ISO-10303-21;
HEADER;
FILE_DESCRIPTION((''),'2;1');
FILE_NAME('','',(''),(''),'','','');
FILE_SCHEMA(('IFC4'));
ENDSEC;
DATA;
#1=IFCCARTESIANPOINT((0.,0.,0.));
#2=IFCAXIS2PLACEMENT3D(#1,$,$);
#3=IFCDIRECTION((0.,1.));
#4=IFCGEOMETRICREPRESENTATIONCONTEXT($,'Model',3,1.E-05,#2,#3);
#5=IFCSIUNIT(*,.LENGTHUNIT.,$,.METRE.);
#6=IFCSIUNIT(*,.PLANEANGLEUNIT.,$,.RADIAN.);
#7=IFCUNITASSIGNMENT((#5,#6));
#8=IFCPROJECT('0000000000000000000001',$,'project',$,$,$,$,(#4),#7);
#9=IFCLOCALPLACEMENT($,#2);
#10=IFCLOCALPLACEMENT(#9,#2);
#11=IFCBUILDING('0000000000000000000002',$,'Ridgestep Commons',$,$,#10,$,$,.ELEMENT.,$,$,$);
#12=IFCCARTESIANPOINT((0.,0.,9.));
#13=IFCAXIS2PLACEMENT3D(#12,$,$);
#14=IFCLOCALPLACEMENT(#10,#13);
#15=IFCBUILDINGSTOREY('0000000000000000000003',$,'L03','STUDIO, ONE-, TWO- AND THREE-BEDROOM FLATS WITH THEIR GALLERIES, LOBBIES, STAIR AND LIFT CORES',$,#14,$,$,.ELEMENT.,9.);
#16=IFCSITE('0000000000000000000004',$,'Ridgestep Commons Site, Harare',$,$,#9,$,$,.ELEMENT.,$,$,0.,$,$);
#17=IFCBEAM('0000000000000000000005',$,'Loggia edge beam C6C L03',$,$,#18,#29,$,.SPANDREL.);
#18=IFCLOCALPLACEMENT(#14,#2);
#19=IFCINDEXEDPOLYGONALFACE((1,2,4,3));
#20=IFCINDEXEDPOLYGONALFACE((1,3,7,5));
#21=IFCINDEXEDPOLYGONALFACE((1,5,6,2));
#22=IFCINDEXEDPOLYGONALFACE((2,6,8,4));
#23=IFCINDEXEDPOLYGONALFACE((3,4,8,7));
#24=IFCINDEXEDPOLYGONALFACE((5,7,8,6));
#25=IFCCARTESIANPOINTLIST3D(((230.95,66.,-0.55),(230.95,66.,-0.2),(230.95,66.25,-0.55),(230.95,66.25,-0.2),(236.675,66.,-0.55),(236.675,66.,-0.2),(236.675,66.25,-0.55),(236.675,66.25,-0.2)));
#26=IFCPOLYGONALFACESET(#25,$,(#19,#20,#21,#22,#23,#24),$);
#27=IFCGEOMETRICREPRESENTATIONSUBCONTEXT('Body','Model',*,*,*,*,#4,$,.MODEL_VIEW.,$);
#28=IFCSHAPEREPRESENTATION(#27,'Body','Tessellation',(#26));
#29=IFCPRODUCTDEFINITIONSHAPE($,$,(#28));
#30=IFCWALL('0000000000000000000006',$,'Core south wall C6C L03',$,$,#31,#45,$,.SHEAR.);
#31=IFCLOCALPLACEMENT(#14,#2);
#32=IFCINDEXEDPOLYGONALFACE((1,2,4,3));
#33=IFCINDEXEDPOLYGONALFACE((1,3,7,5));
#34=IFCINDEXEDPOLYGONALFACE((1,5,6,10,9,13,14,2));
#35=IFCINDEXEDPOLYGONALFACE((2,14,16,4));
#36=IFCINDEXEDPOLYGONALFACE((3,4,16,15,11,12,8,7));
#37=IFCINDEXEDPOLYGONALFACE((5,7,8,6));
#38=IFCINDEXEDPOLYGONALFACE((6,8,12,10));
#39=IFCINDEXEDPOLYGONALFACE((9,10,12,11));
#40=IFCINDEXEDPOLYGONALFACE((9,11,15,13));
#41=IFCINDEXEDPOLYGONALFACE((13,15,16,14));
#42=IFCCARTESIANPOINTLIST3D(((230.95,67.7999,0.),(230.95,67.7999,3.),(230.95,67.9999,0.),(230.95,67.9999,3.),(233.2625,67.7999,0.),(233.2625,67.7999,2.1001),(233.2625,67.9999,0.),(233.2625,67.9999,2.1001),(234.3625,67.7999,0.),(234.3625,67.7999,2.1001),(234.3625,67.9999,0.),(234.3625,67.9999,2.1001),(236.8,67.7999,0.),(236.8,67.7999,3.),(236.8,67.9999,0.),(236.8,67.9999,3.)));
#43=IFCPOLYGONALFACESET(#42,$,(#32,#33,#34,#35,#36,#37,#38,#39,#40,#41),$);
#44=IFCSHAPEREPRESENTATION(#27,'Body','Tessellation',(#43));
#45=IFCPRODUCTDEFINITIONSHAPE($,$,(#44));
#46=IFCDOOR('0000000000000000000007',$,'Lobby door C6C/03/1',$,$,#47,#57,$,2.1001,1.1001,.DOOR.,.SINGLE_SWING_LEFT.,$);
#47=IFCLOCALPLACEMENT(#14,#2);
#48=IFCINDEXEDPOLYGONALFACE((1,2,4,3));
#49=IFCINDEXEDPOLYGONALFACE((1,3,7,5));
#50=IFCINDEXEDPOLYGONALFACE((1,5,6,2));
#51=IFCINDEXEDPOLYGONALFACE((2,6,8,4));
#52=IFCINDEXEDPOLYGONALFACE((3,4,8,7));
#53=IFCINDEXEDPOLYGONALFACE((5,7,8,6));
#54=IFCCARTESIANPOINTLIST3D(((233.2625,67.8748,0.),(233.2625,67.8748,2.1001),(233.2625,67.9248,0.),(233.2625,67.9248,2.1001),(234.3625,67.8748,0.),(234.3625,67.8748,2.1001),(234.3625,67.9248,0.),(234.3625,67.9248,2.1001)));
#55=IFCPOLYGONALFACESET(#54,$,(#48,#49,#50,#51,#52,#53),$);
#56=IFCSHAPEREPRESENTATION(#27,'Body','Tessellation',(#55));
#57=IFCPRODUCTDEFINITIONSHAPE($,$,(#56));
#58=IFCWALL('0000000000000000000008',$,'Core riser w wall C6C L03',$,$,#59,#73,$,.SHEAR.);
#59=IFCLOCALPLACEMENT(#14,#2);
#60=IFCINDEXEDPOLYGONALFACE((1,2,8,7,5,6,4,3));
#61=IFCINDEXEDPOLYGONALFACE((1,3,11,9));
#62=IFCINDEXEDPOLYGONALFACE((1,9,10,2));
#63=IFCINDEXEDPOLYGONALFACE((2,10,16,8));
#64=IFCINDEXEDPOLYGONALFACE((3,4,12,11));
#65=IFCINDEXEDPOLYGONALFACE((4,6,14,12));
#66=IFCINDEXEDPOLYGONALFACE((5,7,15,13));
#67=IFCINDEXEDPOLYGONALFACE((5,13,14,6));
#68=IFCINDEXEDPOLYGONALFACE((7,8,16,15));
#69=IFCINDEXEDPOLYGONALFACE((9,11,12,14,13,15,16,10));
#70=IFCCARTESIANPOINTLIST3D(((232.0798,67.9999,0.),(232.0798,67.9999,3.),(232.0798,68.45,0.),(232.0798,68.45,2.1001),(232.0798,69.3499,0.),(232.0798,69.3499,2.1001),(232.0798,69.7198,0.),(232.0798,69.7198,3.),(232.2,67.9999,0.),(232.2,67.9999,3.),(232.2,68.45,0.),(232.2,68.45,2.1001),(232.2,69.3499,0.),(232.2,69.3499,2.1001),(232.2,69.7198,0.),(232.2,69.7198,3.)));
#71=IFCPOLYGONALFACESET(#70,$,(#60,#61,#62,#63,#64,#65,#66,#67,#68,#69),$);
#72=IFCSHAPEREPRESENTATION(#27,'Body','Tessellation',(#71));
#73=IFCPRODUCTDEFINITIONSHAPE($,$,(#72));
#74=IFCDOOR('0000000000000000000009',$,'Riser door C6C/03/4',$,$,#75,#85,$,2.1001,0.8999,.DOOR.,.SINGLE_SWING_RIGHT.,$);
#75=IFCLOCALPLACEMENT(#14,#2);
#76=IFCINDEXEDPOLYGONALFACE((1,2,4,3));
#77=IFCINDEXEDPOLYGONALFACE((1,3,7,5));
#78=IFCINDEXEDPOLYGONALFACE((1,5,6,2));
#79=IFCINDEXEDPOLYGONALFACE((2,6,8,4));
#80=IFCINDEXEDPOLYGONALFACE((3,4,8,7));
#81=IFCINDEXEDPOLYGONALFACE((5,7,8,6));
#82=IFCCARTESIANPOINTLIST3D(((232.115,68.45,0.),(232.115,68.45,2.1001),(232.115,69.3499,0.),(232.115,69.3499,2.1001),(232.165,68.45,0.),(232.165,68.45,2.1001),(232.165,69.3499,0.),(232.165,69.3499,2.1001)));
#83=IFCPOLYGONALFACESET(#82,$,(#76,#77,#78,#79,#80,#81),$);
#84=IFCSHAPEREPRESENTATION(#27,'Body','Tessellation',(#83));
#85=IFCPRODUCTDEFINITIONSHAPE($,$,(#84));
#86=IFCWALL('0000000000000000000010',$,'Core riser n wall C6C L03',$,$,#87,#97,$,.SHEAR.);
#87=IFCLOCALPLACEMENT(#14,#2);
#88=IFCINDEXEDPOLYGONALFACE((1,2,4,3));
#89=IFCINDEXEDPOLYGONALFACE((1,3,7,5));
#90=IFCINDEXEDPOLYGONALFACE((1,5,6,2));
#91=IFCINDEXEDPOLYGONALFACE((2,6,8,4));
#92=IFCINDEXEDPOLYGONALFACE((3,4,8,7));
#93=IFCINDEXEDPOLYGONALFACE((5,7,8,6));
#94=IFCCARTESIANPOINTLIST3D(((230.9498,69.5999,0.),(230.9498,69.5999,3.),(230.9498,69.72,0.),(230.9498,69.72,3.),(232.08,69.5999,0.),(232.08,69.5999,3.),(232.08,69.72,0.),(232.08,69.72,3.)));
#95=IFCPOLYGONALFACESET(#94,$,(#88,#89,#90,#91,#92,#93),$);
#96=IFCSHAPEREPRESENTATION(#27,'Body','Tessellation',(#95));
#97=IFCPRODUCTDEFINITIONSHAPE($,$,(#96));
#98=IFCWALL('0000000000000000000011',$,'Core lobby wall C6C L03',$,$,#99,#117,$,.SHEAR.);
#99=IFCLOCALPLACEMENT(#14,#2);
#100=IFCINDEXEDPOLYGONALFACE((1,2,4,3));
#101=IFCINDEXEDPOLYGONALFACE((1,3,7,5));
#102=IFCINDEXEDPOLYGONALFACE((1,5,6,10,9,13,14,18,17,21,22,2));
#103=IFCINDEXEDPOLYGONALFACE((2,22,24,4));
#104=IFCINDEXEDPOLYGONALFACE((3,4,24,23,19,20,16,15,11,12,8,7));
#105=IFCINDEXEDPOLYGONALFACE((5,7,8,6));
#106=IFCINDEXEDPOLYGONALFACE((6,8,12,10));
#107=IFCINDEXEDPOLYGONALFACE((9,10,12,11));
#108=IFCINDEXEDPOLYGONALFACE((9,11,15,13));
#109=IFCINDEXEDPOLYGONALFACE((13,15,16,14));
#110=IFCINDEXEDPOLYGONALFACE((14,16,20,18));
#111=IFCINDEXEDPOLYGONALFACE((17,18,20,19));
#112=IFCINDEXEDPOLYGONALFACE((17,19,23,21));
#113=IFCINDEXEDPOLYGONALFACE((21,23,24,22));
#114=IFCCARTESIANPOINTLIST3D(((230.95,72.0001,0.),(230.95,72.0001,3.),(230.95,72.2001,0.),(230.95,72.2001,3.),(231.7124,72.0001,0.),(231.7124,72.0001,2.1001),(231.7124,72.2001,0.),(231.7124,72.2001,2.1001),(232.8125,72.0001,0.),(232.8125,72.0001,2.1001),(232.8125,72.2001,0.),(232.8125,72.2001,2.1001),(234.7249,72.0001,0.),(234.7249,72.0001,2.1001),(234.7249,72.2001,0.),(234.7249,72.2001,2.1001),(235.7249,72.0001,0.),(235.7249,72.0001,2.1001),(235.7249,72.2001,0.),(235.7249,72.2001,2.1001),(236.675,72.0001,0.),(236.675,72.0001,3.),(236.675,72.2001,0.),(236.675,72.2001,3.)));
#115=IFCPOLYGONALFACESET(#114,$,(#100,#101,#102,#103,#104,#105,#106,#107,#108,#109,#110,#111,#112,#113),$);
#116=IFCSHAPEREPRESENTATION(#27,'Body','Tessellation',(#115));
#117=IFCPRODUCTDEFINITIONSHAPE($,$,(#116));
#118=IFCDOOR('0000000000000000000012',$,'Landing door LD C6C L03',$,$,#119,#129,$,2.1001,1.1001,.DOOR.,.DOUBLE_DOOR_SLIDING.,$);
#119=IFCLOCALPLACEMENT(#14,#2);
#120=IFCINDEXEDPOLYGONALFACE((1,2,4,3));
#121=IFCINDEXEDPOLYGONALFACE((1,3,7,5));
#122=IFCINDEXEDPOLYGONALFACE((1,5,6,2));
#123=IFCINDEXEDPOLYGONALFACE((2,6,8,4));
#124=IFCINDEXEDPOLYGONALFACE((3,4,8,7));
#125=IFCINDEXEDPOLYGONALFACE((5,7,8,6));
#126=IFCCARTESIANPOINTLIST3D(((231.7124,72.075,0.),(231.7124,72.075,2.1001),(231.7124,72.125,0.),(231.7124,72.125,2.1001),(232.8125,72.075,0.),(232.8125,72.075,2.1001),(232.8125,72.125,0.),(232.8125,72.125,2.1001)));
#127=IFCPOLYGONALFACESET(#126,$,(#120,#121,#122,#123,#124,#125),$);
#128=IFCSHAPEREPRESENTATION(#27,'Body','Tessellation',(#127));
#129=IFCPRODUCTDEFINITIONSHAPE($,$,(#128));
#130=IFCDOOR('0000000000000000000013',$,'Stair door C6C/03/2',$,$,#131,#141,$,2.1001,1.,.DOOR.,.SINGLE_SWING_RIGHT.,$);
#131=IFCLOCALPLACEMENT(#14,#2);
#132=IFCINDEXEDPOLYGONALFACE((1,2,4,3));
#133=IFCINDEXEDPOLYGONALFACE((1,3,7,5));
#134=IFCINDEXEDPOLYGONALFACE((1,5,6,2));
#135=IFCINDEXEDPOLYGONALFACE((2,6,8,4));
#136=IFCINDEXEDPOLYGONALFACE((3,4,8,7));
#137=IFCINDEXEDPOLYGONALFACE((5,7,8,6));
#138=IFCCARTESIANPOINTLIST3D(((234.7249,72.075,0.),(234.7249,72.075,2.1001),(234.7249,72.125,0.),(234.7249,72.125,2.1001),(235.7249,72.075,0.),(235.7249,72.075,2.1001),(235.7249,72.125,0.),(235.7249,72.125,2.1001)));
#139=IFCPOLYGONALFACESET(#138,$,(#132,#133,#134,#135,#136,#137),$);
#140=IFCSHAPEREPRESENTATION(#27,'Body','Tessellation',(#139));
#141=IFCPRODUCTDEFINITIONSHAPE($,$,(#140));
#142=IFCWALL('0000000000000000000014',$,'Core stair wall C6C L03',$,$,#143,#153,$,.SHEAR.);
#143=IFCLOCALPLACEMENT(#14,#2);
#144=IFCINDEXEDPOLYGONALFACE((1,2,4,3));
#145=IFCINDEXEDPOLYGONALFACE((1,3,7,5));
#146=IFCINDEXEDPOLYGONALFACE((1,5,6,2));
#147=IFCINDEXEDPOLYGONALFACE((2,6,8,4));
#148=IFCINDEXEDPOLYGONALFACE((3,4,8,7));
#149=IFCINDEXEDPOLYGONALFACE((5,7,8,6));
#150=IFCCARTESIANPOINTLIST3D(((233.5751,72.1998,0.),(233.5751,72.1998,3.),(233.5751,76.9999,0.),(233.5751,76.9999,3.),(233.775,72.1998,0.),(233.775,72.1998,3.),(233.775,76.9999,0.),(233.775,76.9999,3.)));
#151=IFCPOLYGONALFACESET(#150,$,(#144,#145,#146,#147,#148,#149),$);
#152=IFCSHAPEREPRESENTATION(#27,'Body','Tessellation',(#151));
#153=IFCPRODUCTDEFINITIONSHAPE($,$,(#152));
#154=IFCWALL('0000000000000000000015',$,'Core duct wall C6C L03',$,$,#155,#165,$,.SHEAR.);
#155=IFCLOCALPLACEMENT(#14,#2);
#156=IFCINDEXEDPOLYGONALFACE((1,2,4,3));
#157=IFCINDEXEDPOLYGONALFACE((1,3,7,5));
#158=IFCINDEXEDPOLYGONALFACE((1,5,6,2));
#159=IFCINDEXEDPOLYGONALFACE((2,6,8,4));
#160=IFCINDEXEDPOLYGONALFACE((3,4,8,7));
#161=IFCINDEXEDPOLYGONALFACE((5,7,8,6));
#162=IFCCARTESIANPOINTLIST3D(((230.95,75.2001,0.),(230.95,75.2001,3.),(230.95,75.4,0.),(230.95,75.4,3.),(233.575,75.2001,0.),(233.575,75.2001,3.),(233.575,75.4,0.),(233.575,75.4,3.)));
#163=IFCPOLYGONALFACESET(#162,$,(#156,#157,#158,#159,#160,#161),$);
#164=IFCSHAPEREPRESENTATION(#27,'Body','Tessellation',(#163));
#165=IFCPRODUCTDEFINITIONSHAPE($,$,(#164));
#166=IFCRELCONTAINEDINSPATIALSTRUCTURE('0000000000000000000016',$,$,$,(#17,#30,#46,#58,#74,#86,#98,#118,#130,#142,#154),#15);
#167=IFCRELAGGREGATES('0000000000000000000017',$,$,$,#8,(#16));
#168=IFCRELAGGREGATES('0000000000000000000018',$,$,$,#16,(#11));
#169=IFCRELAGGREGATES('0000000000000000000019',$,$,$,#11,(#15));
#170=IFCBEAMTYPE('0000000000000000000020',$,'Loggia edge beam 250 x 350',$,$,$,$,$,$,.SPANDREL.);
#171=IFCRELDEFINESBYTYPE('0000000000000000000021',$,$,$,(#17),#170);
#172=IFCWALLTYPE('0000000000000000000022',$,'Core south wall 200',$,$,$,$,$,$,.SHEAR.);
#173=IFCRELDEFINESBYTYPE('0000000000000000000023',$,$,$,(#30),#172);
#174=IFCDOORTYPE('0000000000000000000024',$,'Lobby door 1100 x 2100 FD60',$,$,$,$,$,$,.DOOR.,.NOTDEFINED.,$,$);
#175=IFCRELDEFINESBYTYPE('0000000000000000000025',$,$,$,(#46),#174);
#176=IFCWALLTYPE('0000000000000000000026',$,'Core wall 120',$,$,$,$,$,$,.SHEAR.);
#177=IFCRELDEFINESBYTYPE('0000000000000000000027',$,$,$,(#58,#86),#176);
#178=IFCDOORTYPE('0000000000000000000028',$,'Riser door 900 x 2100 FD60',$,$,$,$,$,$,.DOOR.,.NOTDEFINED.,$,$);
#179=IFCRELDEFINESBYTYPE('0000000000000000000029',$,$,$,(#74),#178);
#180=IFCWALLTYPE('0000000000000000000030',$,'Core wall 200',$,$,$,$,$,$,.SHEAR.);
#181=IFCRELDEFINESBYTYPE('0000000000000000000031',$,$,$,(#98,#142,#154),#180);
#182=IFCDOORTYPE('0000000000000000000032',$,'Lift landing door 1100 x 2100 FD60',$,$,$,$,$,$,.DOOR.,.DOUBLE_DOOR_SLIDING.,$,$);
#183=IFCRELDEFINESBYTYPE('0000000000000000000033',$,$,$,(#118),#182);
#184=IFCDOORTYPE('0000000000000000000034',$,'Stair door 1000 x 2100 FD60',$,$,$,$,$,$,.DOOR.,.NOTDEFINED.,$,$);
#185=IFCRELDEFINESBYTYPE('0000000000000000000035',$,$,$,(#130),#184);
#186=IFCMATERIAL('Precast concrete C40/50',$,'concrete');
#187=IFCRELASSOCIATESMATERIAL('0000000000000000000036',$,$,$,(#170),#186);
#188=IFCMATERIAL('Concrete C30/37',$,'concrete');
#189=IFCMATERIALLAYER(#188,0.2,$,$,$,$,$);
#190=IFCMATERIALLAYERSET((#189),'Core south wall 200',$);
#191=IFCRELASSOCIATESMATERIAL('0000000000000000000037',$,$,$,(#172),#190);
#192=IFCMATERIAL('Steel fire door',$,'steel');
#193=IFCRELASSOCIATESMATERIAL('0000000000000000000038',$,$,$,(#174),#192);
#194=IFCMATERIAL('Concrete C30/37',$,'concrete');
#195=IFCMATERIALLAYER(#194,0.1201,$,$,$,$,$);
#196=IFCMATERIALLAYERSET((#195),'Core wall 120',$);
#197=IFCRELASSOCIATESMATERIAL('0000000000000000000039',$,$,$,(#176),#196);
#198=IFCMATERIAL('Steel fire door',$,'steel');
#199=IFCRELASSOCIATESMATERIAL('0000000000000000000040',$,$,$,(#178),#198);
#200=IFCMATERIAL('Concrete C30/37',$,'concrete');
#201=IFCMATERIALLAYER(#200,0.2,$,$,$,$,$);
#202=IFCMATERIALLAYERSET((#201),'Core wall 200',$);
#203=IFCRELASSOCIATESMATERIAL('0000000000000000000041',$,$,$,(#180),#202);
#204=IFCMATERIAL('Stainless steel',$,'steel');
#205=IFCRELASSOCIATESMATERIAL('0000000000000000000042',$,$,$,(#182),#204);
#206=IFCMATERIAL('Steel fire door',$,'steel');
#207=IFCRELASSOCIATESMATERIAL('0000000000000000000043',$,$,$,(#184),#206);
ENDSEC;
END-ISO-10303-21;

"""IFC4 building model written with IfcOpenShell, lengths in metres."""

from ifc_helpers import new_model, si_unit, direction, frame, frame_2d, origin, origin_2d, place, context, subcontext, project, spatial, rectangle, extrude, material, layer, layer_set, material_profile, profile_set, type_object, element, fill, save


model = new_model("IFC4")

# Units and contexts
model_context = context("Model", 3, precision=1e-05, world=origin(), true_north=direction((0.0, 1.0)))
body_context = subcontext(model_context, "Body", "Model", "MODEL_VIEW")
ifc_project = project(units=[si_unit("LENGTHUNIT", "METRE"), si_unit("PLANEANGLEUNIT", "RADIAN")], contexts=[model_context])

# Site, building, storey
site_placement = place(None, origin())
site = spatial("IfcSite", under=ifc_project, at=site_placement, Name="Ridgestep Commons Site, Harare", CompositionType="ELEMENT", RefElevation=0.0)
building_placement = place(site_placement, origin())
building = spatial("IfcBuilding", under=site, at=building_placement, Name="Ridgestep Commons", CompositionType="ELEMENT")
storey_placement = place(building_placement, frame((0.0, 0.0, 9.0)))
storey = spatial("IfcBuildingStorey", under=building, at=storey_placement, Name="L03", Description="STUDIO, ONE-, TWO- AND THREE-BEDROOM FLATS WITH THEIR GALLERIES, LOBBIES, STAIR AND LIFT CORES", CompositionType="ELEMENT", Elevation=9.0)

# Beam
ifc_material_1 = material(Name="Precast concrete C40/50", Category="concrete")
ifc_material_profile = material_profile(ifc_material_1, rectangle(XDim=0.25, YDim=0.3501, at=origin_2d()), Name="PC 250x350")
ifc_profile_set = profile_set([ifc_material_profile], Name="Precast concrete C40/50")
beam_type = type_object("IfcBeamType", Name="Loggia edge beam 250 x 350", PredefinedType="SPANDREL", material=ifc_profile_set)
beam_placement = place(storey_placement, frame((230.95, 66.125, -0.375), z_axis=(1.0, 0.0, 0.0), x_axis=(0.0, 1.0, 0.0)))
element("IfcBeam", 1, at=beam_placement, inside=storey, type_object=beam_type, Name="Loggia edge beam C6C L03", PredefinedType="SPANDREL", context=body_context, shape_type="SweptSolid", body=[
    extrude(rectangle(XDim=0.25, YDim=0.3501, at=origin_2d()), origin(), (0.0, 0.0, 1.0), 5.7251),
])

# Walls, openings, doors
ifc_material_2 = material(Name="Concrete C30/37", Category="concrete")
ifc_layer_1 = layer(ifc_material_2, 0.2)
ifc_layer_set_1 = layer_set([ifc_layer_1], Name="Core south wall 200")
wall_type_1 = type_object("IfcWallType", Name="Core south wall 200", PredefinedType="SHEAR", material=ifc_layer_set_1)
wall_1_placement = place(storey_placement, frame((230.95, 67.8999, 0.0), z_axis=(0.0, 0.0, 1.0), x_axis=(1.0, 0.0, 0.0)))
wall_1 = element("IfcWall", 2, at=wall_1_placement, inside=storey, type_object=wall_type_1, Name="Core south wall C6C L03", PredefinedType="SHEAR", context=body_context, shape_type="SweptSolid", body=[
    extrude(rectangle(XDim=5.8501, YDim=0.2, at=frame_2d((2.925, 0.0))), origin(), (0.0, 0.0, 1.0), 3.0),
])
opening_1_placement = place(wall_1_placement, frame((2.3125, 0.0, 0.0)))
opening_1 = element("IfcOpeningElement", 3, at=opening_1_placement, cuts=wall_1, PredefinedType="OPENING", context=body_context, shape_type="SweptSolid", body=[
    extrude(rectangle(XDim=1.1001, YDim=2.1001, at=frame_2d((0.55, 1.05))), frame((0.0, 0.1099, 0.0), z_axis=(0.0, -1.0, 0.0), x_axis=(1.0, 0.0, 0.0)), (0.0, 0.0, 1.0), 0.22),
])
ifc_material_3 = material(Name="Steel fire door", Category="steel")
door_type_1 = type_object("IfcDoorType", Name="Lobby door 1100 x 2100 FD60", OperationType="NOTDEFINED", PredefinedType="DOOR", material=ifc_material_3)
door_1_placement = place(opening_1_placement, origin())
door_1 = element("IfcDoor", 4, at=door_1_placement, inside=storey, type_object=door_type_1, Name="Lobby door C6C/03/1", OperationType="SINGLE_SWING_LEFT", OverallHeight=2.1001, OverallWidth=1.1001, PredefinedType="DOOR", context=body_context, shape_type="SweptSolid", body=[
    extrude(rectangle(XDim=1.1001, YDim=2.1001, at=frame_2d((0.55, 1.05))), frame((0.0, 0.0249, 0.0), z_axis=(0.0, -1.0, 0.0), x_axis=(1.0, 0.0, 0.0)), (0.0, 0.0, 1.0), 0.05),
])
fill(opening_1, door_1)
ifc_material_4 = material(Name="Concrete C30/37", Category="concrete")
ifc_layer_2 = layer(ifc_material_4, 0.1201)
ifc_layer_set_2 = layer_set([ifc_layer_2], Name="Core wall 120")
wall_type_2 = type_object("IfcWallType", Name="Core wall 120", PredefinedType="SHEAR", material=ifc_layer_set_2)
wall_2_placement = place(storey_placement, frame((232.1399, 68.0, 0.0), z_axis=(0.0, 0.0, 1.0), x_axis=(0.0, 1.0, 0.0)))
wall_2 = element("IfcWall", 5, at=wall_2_placement, inside=storey, type_object=wall_type_2, Name="Core riser w wall C6C L03", PredefinedType="SHEAR", context=body_context, shape_type="SweptSolid", body=[
    extrude(rectangle(XDim=1.72, YDim=0.1201, at=frame_2d((0.8599, 0.0))), origin(), (0.0, 0.0, 1.0), 3.0),
])
opening_2_placement = place(wall_2_placement, frame((0.45, 0.0, 0.0)))
opening_2 = element("IfcOpeningElement", 6, at=opening_2_placement, cuts=wall_2, PredefinedType="OPENING", context=body_context, shape_type="SweptSolid", body=[
    extrude(rectangle(XDim=0.8999, YDim=2.1001, at=frame_2d((0.45, 1.05))), frame((0.0, 0.0701, 0.0), z_axis=(0.0, -1.0, 0.0), x_axis=(1.0, 0.0, 0.0)), (0.0, 0.0, 1.0), 0.1401),
])
ifc_material_5 = material(Name="Steel fire door", Category="steel")
door_type_2 = type_object("IfcDoorType", Name="Riser door 900 x 2100 FD60", OperationType="NOTDEFINED", PredefinedType="DOOR", material=ifc_material_5)
door_2_placement = place(opening_2_placement, origin())
door_2 = element("IfcDoor", 7, at=door_2_placement, inside=storey, type_object=door_type_2, Name="Riser door C6C/03/4", OperationType="SINGLE_SWING_RIGHT", OverallHeight=2.1001, OverallWidth=0.8999, PredefinedType="DOOR", context=body_context, shape_type="SweptSolid", body=[
    extrude(rectangle(XDim=0.8999, YDim=2.1001, at=frame_2d((0.45, 1.05))), frame((0.0, 0.0249, 0.0), z_axis=(0.0, -1.0, 0.0), x_axis=(1.0, 0.0, 0.0)), (0.0, 0.0, 1.0), 0.05),
])
fill(opening_2, door_2)

# Wall
wall_3_placement = place(storey_placement, frame((230.95, 69.6599, 0.0), z_axis=(0.0, 0.0, 1.0), x_axis=(1.0, 0.0, 0.0)))
element("IfcWall", 8, at=wall_3_placement, inside=storey, type_object=wall_type_2, Name="Core riser n wall C6C L03", PredefinedType="SHEAR", context=body_context, shape_type="SweptSolid", body=[
    extrude(rectangle(XDim=1.1301, YDim=0.1201, at=frame_2d((0.5649, 0.0))), origin(), (0.0, 0.0, 1.0), 3.0),
])

# Wall, openings, doors
ifc_material_6 = material(Name="Concrete C30/37", Category="concrete")
ifc_layer_3 = layer(ifc_material_6, 0.2)
ifc_layer_set_3 = layer_set([ifc_layer_3], Name="Core wall 200")
wall_type_3 = type_object("IfcWallType", Name="Core wall 200", PredefinedType="SHEAR", material=ifc_layer_set_3)
wall_4_placement = place(storey_placement, frame((230.95, 72.1001, 0.0), z_axis=(0.0, 0.0, 1.0), x_axis=(1.0, 0.0, 0.0)))
wall_4 = element("IfcWall", 9, at=wall_4_placement, inside=storey, type_object=wall_type_3, Name="Core lobby wall C6C L03", PredefinedType="SHEAR", context=body_context, shape_type="SweptSolid", body=[
    extrude(rectangle(XDim=5.7251, YDim=0.2, at=frame_2d((2.8625, 0.0))), origin(), (0.0, 0.0, 1.0), 3.0),
])
opening_3_placement = place(wall_4_placement, frame((3.7749, 0.0, 0.0)))
opening_3 = element("IfcOpeningElement", 10, at=opening_3_placement, cuts=wall_4, PredefinedType="OPENING", context=body_context, shape_type="SweptSolid", body=[
    extrude(rectangle(XDim=1.0, YDim=2.1001, at=frame_2d((0.5, 1.05))), frame((0.0, 0.1099, 0.0), z_axis=(0.0, -1.0, 0.0), x_axis=(1.0, 0.0, 0.0)), (0.0, 0.0, 1.0), 0.22),
])
opening_4_placement = place(wall_4_placement, frame((0.7625, 0.0, 0.0)))
opening_4 = element("IfcOpeningElement", 11, at=opening_4_placement, cuts=wall_4, PredefinedType="OPENING", context=body_context, shape_type="SweptSolid", body=[
    extrude(rectangle(XDim=1.1001, YDim=2.1001, at=frame_2d((0.55, 1.05))), frame((0.0, 0.1099, 0.0), z_axis=(0.0, -1.0, 0.0), x_axis=(1.0, 0.0, 0.0)), (0.0, 0.0, 1.0), 0.22),
])
ifc_material_7 = material(Name="Stainless steel", Category="steel")
door_type_3 = type_object("IfcDoorType", Name="Lift landing door 1100 x 2100 FD60", OperationType="DOUBLE_DOOR_SLIDING", PredefinedType="DOOR", material=ifc_material_7)
door_3_placement = place(opening_4_placement, origin())
door_3 = element("IfcDoor", 12, at=door_3_placement, inside=storey, type_object=door_type_3, Name="Landing door LD C6C L03", OperationType="DOUBLE_DOOR_SLIDING", OverallHeight=2.1001, OverallWidth=1.1001, PredefinedType="DOOR", context=body_context, shape_type="SweptSolid", body=[
    extrude(rectangle(XDim=1.1001, YDim=2.1001, at=frame_2d((0.55, 1.05))), frame((0.0, 0.0249, 0.0), z_axis=(0.0, -1.0, 0.0), x_axis=(1.0, 0.0, 0.0)), (0.0, 0.0, 1.0), 0.05),
])
fill(opening_4, door_3)
ifc_material_8 = material(Name="Steel fire door", Category="steel")
door_type_4 = type_object("IfcDoorType", Name="Stair door 1000 x 2100 FD60", OperationType="NOTDEFINED", PredefinedType="DOOR", material=ifc_material_8)
door_4_placement = place(opening_3_placement, origin())
door_4 = element("IfcDoor", 13, at=door_4_placement, inside=storey, type_object=door_type_4, Name="Stair door C6C/03/2", OperationType="SINGLE_SWING_RIGHT", OverallHeight=2.1001, OverallWidth=1.0, PredefinedType="DOOR", context=body_context, shape_type="SweptSolid", body=[
    extrude(rectangle(XDim=1.0, YDim=2.1001, at=frame_2d((0.5, 1.05))), frame((0.0, 0.0249, 0.0), z_axis=(0.0, -1.0, 0.0), x_axis=(1.0, 0.0, 0.0)), (0.0, 0.0, 1.0), 0.05),
])
fill(opening_3, door_4)

# Walls
wall_5_placement = place(storey_placement, frame((233.675, 72.2, 0.0), z_axis=(0.0, 0.0, 1.0), x_axis=(0.0, 1.0, 0.0)))
element("IfcWall", 14, at=wall_5_placement, inside=storey, type_object=wall_type_3, Name="Core stair wall C6C L03", PredefinedType="SHEAR", context=body_context, shape_type="SweptSolid", body=[
    extrude(rectangle(XDim=4.8, YDim=0.2, at=frame_2d((2.3999, 0.0))), origin(), (0.0, 0.0, 1.0), 3.0),
])
wall_6_placement = place(storey_placement, frame((230.95, 75.3, 0.0), z_axis=(0.0, 0.0, 1.0), x_axis=(1.0, 0.0, 0.0)))
element("IfcWall", 15, at=wall_6_placement, inside=storey, type_object=wall_type_3, Name="Core duct wall C6C L03", PredefinedType="SHEAR", context=body_context, shape_type="SweptSolid", body=[
    extrude(rectangle(XDim=2.625, YDim=0.2, at=frame_2d((1.3125, 0.0))), origin(), (0.0, 0.0, 1.0), 3.0),
])

save(model, "model.ifc")
